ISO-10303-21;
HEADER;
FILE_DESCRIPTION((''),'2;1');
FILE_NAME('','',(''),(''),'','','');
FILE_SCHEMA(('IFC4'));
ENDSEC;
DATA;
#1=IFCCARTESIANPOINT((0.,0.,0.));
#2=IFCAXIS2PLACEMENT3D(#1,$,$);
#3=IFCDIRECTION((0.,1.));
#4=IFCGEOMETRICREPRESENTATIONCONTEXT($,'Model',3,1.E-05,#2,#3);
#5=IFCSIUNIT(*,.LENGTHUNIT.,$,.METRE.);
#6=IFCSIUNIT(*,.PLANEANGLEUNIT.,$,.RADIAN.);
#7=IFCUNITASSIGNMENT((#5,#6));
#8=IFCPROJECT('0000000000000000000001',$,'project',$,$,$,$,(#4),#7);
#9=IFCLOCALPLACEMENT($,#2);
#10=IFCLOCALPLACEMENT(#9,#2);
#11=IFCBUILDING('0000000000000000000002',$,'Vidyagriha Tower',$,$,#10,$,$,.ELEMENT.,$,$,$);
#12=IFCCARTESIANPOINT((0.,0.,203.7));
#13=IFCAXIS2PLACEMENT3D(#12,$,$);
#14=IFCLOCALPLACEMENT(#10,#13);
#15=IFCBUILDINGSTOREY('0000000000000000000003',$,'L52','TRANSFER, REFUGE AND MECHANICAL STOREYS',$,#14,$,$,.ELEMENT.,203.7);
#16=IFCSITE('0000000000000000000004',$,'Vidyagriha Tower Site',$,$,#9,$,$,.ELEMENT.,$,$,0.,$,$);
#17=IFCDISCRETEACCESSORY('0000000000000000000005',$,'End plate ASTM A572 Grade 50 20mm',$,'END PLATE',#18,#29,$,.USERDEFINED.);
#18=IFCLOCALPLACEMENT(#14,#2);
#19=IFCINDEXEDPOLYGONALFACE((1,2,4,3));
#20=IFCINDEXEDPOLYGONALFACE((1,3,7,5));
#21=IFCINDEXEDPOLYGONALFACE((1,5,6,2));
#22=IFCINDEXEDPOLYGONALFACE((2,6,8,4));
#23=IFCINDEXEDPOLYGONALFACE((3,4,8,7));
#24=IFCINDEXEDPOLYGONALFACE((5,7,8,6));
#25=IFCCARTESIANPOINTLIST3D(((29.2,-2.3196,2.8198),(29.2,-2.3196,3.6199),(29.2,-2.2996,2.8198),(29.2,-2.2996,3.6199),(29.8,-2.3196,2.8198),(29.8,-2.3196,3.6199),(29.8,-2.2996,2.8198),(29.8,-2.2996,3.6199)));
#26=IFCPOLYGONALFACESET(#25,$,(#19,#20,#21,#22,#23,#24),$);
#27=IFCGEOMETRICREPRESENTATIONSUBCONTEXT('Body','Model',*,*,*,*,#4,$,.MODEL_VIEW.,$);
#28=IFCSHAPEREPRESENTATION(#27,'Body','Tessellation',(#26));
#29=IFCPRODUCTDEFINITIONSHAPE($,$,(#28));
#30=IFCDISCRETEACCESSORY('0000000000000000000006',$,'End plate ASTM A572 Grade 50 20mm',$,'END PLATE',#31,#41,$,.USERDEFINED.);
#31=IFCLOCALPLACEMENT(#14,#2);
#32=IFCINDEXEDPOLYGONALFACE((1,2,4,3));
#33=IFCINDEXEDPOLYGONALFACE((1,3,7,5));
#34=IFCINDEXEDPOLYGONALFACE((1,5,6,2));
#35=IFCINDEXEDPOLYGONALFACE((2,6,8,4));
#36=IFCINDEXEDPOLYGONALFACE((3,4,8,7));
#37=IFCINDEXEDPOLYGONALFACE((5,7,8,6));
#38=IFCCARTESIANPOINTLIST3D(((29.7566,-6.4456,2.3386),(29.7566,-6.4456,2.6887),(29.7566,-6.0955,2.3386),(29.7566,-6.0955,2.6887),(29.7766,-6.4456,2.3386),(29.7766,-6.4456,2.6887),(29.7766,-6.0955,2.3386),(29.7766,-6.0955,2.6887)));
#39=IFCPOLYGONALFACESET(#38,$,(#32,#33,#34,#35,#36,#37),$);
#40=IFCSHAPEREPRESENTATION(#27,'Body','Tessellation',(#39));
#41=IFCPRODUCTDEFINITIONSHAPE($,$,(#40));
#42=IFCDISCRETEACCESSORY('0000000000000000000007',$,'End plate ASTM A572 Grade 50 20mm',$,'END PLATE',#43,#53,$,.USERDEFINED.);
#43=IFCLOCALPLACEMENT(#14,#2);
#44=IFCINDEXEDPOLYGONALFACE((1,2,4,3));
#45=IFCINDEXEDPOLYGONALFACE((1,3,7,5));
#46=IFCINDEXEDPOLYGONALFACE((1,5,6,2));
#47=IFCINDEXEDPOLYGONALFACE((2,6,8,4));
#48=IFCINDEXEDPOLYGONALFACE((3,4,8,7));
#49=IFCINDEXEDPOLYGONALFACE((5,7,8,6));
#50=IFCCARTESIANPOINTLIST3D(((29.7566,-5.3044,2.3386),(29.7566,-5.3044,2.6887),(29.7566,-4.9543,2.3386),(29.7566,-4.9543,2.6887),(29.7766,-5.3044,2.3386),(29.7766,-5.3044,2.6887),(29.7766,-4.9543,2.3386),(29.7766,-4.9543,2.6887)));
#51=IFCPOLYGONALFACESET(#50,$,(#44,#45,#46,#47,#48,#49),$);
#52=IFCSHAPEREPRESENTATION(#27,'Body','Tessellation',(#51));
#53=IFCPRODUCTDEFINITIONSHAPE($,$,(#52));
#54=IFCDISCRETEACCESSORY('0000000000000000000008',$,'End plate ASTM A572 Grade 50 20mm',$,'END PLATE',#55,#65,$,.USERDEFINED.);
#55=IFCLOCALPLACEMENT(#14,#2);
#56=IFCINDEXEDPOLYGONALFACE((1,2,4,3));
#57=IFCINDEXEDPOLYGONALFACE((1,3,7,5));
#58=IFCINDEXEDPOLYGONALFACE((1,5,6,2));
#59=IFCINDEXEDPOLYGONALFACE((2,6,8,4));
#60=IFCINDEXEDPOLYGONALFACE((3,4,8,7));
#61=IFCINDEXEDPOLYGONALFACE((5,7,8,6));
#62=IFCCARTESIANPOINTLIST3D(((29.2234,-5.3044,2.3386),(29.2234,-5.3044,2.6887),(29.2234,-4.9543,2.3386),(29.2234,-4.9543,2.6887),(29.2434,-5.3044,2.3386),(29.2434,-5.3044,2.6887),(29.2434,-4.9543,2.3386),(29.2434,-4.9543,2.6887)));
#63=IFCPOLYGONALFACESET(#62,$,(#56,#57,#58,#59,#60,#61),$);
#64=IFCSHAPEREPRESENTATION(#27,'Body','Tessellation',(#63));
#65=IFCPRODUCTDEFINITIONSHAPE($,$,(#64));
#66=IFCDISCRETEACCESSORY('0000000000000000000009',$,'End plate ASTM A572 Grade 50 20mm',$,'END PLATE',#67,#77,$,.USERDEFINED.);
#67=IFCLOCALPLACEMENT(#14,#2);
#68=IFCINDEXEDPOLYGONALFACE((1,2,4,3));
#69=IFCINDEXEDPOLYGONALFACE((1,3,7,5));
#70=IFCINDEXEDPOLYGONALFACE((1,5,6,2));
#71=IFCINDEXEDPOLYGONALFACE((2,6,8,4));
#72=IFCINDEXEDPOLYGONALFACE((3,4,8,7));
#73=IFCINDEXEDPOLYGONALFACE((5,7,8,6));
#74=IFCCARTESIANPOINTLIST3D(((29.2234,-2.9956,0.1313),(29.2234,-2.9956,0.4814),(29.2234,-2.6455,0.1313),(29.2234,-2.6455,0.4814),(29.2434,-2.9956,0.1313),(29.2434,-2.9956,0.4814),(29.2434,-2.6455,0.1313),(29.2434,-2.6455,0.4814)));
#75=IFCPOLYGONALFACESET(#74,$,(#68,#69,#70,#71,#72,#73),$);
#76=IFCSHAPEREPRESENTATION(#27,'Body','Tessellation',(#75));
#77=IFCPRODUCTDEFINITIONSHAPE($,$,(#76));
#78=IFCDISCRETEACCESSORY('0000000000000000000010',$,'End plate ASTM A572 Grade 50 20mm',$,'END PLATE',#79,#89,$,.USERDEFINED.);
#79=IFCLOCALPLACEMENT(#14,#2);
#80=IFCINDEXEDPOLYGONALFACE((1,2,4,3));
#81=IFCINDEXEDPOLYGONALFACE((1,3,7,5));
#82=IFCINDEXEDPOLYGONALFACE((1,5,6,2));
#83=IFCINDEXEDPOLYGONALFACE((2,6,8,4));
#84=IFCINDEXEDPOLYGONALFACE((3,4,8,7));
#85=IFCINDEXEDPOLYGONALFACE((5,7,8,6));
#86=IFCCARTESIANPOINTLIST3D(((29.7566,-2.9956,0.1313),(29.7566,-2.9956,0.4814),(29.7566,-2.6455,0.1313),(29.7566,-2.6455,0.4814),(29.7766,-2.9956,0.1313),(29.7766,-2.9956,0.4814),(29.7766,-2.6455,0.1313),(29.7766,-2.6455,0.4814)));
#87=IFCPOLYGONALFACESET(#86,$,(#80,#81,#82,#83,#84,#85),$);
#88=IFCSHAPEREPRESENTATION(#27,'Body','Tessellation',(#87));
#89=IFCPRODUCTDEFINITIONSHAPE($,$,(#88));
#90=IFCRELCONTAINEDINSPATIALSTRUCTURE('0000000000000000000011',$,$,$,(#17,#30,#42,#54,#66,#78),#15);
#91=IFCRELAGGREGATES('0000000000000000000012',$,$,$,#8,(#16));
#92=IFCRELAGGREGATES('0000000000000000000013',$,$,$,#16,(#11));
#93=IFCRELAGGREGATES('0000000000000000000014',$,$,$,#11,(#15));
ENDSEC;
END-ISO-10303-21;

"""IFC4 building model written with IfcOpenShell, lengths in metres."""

from ifc_helpers import new_model, si_unit, direction, frame, origin, origin_2d, place, context, subcontext, project, spatial, rectangle, extrude, element, save


model = new_model("IFC4")

# Units and contexts
model_context = context("Model", 3, precision=1e-05, world=origin(), true_north=direction((0.0, 1.0)))
body_context = subcontext(model_context, "Body", "Model", "MODEL_VIEW")
ifc_project = project(units=[si_unit("LENGTHUNIT", "METRE"), si_unit("PLANEANGLEUNIT", "RADIAN")], contexts=[model_context])

# Site, building, storey
site_placement = place(None, origin())
site = spatial("IfcSite", under=ifc_project, at=site_placement, Name="Vidyagriha Tower Site", CompositionType="ELEMENT", RefElevation=0.0)
building_placement = place(site_placement, origin())
building = spatial("IfcBuilding", under=site, at=building_placement, Name="Vidyagriha Tower", CompositionType="ELEMENT")
storey_placement = place(building_placement, frame((0.0, 0.0, 203.7)))
storey = spatial("IfcBuildingStorey", under=building, at=storey_placement, Name="L52", Description="TRANSFER, REFUGE AND MECHANICAL STOREYS", CompositionType="ELEMENT", Elevation=203.7)

# Discrete accessories
discrete_accessory_1_placement = place(storey_placement, frame((29.5, -2.3096, 2.8198), z_axis=(0.0, 0.0, 1.0), x_axis=(0.0, 1.0, 0.0)))
element("IfcDiscreteAccessory", 1, at=discrete_accessory_1_placement, inside=storey, Name="End plate ASTM A572 Grade 50 20mm", ObjectType="END PLATE", PredefinedType="USERDEFINED", context=body_context, shape_type="SweptSolid", body=[
    extrude(rectangle(XDim=0.02, YDim=0.6001, at=origin_2d()), origin(), (0.0, 0.0, 1.0), 0.8),
])
for number, where, z_axis, x_axis, name in (
    (2, (29.7666, -6.2705, 2.3386), (0.0, 0.0, 1.0), (0.0, 1.0, 0.0), "End plate ASTM A572 Grade 50 20mm"),
    (3, (29.7666, -5.1294, 2.3386), (0.0, 0.0, 1.0), (0.0, -1.0, 0.0), "End plate ASTM A572 Grade 50 20mm"),
    (4, (29.2334, -5.1294, 2.3386), (0.0, 0.0, 1.0), (0.0, -1.0, 0.0), "End plate ASTM A572 Grade 50 20mm"),
    (5, (29.2334, -2.8206, 0.1313), (0.0, 0.0, 1.0), (0.0, 1.0, 0.0), "End plate ASTM A572 Grade 50 20mm"),
    (6, (29.7666, -2.8206, 0.1313), (0.0, 0.0, 1.0), (0.0, 1.0, 0.0), "End plate ASTM A572 Grade 50 20mm"),
):
    element("IfcDiscreteAccessory", number, at=place(storey_placement, frame(where, z_axis=z_axis, x_axis=x_axis)), inside=storey, Name=name, ObjectType="END PLATE", PredefinedType="USERDEFINED", context=body_context, shape_type="SweptSolid", body=[
        extrude(rectangle(XDim=0.3501, YDim=0.02, at=origin_2d()), origin(), (0.0, 0.0, 1.0), 0.3501),
    ])

save(model, "model.ifc")
